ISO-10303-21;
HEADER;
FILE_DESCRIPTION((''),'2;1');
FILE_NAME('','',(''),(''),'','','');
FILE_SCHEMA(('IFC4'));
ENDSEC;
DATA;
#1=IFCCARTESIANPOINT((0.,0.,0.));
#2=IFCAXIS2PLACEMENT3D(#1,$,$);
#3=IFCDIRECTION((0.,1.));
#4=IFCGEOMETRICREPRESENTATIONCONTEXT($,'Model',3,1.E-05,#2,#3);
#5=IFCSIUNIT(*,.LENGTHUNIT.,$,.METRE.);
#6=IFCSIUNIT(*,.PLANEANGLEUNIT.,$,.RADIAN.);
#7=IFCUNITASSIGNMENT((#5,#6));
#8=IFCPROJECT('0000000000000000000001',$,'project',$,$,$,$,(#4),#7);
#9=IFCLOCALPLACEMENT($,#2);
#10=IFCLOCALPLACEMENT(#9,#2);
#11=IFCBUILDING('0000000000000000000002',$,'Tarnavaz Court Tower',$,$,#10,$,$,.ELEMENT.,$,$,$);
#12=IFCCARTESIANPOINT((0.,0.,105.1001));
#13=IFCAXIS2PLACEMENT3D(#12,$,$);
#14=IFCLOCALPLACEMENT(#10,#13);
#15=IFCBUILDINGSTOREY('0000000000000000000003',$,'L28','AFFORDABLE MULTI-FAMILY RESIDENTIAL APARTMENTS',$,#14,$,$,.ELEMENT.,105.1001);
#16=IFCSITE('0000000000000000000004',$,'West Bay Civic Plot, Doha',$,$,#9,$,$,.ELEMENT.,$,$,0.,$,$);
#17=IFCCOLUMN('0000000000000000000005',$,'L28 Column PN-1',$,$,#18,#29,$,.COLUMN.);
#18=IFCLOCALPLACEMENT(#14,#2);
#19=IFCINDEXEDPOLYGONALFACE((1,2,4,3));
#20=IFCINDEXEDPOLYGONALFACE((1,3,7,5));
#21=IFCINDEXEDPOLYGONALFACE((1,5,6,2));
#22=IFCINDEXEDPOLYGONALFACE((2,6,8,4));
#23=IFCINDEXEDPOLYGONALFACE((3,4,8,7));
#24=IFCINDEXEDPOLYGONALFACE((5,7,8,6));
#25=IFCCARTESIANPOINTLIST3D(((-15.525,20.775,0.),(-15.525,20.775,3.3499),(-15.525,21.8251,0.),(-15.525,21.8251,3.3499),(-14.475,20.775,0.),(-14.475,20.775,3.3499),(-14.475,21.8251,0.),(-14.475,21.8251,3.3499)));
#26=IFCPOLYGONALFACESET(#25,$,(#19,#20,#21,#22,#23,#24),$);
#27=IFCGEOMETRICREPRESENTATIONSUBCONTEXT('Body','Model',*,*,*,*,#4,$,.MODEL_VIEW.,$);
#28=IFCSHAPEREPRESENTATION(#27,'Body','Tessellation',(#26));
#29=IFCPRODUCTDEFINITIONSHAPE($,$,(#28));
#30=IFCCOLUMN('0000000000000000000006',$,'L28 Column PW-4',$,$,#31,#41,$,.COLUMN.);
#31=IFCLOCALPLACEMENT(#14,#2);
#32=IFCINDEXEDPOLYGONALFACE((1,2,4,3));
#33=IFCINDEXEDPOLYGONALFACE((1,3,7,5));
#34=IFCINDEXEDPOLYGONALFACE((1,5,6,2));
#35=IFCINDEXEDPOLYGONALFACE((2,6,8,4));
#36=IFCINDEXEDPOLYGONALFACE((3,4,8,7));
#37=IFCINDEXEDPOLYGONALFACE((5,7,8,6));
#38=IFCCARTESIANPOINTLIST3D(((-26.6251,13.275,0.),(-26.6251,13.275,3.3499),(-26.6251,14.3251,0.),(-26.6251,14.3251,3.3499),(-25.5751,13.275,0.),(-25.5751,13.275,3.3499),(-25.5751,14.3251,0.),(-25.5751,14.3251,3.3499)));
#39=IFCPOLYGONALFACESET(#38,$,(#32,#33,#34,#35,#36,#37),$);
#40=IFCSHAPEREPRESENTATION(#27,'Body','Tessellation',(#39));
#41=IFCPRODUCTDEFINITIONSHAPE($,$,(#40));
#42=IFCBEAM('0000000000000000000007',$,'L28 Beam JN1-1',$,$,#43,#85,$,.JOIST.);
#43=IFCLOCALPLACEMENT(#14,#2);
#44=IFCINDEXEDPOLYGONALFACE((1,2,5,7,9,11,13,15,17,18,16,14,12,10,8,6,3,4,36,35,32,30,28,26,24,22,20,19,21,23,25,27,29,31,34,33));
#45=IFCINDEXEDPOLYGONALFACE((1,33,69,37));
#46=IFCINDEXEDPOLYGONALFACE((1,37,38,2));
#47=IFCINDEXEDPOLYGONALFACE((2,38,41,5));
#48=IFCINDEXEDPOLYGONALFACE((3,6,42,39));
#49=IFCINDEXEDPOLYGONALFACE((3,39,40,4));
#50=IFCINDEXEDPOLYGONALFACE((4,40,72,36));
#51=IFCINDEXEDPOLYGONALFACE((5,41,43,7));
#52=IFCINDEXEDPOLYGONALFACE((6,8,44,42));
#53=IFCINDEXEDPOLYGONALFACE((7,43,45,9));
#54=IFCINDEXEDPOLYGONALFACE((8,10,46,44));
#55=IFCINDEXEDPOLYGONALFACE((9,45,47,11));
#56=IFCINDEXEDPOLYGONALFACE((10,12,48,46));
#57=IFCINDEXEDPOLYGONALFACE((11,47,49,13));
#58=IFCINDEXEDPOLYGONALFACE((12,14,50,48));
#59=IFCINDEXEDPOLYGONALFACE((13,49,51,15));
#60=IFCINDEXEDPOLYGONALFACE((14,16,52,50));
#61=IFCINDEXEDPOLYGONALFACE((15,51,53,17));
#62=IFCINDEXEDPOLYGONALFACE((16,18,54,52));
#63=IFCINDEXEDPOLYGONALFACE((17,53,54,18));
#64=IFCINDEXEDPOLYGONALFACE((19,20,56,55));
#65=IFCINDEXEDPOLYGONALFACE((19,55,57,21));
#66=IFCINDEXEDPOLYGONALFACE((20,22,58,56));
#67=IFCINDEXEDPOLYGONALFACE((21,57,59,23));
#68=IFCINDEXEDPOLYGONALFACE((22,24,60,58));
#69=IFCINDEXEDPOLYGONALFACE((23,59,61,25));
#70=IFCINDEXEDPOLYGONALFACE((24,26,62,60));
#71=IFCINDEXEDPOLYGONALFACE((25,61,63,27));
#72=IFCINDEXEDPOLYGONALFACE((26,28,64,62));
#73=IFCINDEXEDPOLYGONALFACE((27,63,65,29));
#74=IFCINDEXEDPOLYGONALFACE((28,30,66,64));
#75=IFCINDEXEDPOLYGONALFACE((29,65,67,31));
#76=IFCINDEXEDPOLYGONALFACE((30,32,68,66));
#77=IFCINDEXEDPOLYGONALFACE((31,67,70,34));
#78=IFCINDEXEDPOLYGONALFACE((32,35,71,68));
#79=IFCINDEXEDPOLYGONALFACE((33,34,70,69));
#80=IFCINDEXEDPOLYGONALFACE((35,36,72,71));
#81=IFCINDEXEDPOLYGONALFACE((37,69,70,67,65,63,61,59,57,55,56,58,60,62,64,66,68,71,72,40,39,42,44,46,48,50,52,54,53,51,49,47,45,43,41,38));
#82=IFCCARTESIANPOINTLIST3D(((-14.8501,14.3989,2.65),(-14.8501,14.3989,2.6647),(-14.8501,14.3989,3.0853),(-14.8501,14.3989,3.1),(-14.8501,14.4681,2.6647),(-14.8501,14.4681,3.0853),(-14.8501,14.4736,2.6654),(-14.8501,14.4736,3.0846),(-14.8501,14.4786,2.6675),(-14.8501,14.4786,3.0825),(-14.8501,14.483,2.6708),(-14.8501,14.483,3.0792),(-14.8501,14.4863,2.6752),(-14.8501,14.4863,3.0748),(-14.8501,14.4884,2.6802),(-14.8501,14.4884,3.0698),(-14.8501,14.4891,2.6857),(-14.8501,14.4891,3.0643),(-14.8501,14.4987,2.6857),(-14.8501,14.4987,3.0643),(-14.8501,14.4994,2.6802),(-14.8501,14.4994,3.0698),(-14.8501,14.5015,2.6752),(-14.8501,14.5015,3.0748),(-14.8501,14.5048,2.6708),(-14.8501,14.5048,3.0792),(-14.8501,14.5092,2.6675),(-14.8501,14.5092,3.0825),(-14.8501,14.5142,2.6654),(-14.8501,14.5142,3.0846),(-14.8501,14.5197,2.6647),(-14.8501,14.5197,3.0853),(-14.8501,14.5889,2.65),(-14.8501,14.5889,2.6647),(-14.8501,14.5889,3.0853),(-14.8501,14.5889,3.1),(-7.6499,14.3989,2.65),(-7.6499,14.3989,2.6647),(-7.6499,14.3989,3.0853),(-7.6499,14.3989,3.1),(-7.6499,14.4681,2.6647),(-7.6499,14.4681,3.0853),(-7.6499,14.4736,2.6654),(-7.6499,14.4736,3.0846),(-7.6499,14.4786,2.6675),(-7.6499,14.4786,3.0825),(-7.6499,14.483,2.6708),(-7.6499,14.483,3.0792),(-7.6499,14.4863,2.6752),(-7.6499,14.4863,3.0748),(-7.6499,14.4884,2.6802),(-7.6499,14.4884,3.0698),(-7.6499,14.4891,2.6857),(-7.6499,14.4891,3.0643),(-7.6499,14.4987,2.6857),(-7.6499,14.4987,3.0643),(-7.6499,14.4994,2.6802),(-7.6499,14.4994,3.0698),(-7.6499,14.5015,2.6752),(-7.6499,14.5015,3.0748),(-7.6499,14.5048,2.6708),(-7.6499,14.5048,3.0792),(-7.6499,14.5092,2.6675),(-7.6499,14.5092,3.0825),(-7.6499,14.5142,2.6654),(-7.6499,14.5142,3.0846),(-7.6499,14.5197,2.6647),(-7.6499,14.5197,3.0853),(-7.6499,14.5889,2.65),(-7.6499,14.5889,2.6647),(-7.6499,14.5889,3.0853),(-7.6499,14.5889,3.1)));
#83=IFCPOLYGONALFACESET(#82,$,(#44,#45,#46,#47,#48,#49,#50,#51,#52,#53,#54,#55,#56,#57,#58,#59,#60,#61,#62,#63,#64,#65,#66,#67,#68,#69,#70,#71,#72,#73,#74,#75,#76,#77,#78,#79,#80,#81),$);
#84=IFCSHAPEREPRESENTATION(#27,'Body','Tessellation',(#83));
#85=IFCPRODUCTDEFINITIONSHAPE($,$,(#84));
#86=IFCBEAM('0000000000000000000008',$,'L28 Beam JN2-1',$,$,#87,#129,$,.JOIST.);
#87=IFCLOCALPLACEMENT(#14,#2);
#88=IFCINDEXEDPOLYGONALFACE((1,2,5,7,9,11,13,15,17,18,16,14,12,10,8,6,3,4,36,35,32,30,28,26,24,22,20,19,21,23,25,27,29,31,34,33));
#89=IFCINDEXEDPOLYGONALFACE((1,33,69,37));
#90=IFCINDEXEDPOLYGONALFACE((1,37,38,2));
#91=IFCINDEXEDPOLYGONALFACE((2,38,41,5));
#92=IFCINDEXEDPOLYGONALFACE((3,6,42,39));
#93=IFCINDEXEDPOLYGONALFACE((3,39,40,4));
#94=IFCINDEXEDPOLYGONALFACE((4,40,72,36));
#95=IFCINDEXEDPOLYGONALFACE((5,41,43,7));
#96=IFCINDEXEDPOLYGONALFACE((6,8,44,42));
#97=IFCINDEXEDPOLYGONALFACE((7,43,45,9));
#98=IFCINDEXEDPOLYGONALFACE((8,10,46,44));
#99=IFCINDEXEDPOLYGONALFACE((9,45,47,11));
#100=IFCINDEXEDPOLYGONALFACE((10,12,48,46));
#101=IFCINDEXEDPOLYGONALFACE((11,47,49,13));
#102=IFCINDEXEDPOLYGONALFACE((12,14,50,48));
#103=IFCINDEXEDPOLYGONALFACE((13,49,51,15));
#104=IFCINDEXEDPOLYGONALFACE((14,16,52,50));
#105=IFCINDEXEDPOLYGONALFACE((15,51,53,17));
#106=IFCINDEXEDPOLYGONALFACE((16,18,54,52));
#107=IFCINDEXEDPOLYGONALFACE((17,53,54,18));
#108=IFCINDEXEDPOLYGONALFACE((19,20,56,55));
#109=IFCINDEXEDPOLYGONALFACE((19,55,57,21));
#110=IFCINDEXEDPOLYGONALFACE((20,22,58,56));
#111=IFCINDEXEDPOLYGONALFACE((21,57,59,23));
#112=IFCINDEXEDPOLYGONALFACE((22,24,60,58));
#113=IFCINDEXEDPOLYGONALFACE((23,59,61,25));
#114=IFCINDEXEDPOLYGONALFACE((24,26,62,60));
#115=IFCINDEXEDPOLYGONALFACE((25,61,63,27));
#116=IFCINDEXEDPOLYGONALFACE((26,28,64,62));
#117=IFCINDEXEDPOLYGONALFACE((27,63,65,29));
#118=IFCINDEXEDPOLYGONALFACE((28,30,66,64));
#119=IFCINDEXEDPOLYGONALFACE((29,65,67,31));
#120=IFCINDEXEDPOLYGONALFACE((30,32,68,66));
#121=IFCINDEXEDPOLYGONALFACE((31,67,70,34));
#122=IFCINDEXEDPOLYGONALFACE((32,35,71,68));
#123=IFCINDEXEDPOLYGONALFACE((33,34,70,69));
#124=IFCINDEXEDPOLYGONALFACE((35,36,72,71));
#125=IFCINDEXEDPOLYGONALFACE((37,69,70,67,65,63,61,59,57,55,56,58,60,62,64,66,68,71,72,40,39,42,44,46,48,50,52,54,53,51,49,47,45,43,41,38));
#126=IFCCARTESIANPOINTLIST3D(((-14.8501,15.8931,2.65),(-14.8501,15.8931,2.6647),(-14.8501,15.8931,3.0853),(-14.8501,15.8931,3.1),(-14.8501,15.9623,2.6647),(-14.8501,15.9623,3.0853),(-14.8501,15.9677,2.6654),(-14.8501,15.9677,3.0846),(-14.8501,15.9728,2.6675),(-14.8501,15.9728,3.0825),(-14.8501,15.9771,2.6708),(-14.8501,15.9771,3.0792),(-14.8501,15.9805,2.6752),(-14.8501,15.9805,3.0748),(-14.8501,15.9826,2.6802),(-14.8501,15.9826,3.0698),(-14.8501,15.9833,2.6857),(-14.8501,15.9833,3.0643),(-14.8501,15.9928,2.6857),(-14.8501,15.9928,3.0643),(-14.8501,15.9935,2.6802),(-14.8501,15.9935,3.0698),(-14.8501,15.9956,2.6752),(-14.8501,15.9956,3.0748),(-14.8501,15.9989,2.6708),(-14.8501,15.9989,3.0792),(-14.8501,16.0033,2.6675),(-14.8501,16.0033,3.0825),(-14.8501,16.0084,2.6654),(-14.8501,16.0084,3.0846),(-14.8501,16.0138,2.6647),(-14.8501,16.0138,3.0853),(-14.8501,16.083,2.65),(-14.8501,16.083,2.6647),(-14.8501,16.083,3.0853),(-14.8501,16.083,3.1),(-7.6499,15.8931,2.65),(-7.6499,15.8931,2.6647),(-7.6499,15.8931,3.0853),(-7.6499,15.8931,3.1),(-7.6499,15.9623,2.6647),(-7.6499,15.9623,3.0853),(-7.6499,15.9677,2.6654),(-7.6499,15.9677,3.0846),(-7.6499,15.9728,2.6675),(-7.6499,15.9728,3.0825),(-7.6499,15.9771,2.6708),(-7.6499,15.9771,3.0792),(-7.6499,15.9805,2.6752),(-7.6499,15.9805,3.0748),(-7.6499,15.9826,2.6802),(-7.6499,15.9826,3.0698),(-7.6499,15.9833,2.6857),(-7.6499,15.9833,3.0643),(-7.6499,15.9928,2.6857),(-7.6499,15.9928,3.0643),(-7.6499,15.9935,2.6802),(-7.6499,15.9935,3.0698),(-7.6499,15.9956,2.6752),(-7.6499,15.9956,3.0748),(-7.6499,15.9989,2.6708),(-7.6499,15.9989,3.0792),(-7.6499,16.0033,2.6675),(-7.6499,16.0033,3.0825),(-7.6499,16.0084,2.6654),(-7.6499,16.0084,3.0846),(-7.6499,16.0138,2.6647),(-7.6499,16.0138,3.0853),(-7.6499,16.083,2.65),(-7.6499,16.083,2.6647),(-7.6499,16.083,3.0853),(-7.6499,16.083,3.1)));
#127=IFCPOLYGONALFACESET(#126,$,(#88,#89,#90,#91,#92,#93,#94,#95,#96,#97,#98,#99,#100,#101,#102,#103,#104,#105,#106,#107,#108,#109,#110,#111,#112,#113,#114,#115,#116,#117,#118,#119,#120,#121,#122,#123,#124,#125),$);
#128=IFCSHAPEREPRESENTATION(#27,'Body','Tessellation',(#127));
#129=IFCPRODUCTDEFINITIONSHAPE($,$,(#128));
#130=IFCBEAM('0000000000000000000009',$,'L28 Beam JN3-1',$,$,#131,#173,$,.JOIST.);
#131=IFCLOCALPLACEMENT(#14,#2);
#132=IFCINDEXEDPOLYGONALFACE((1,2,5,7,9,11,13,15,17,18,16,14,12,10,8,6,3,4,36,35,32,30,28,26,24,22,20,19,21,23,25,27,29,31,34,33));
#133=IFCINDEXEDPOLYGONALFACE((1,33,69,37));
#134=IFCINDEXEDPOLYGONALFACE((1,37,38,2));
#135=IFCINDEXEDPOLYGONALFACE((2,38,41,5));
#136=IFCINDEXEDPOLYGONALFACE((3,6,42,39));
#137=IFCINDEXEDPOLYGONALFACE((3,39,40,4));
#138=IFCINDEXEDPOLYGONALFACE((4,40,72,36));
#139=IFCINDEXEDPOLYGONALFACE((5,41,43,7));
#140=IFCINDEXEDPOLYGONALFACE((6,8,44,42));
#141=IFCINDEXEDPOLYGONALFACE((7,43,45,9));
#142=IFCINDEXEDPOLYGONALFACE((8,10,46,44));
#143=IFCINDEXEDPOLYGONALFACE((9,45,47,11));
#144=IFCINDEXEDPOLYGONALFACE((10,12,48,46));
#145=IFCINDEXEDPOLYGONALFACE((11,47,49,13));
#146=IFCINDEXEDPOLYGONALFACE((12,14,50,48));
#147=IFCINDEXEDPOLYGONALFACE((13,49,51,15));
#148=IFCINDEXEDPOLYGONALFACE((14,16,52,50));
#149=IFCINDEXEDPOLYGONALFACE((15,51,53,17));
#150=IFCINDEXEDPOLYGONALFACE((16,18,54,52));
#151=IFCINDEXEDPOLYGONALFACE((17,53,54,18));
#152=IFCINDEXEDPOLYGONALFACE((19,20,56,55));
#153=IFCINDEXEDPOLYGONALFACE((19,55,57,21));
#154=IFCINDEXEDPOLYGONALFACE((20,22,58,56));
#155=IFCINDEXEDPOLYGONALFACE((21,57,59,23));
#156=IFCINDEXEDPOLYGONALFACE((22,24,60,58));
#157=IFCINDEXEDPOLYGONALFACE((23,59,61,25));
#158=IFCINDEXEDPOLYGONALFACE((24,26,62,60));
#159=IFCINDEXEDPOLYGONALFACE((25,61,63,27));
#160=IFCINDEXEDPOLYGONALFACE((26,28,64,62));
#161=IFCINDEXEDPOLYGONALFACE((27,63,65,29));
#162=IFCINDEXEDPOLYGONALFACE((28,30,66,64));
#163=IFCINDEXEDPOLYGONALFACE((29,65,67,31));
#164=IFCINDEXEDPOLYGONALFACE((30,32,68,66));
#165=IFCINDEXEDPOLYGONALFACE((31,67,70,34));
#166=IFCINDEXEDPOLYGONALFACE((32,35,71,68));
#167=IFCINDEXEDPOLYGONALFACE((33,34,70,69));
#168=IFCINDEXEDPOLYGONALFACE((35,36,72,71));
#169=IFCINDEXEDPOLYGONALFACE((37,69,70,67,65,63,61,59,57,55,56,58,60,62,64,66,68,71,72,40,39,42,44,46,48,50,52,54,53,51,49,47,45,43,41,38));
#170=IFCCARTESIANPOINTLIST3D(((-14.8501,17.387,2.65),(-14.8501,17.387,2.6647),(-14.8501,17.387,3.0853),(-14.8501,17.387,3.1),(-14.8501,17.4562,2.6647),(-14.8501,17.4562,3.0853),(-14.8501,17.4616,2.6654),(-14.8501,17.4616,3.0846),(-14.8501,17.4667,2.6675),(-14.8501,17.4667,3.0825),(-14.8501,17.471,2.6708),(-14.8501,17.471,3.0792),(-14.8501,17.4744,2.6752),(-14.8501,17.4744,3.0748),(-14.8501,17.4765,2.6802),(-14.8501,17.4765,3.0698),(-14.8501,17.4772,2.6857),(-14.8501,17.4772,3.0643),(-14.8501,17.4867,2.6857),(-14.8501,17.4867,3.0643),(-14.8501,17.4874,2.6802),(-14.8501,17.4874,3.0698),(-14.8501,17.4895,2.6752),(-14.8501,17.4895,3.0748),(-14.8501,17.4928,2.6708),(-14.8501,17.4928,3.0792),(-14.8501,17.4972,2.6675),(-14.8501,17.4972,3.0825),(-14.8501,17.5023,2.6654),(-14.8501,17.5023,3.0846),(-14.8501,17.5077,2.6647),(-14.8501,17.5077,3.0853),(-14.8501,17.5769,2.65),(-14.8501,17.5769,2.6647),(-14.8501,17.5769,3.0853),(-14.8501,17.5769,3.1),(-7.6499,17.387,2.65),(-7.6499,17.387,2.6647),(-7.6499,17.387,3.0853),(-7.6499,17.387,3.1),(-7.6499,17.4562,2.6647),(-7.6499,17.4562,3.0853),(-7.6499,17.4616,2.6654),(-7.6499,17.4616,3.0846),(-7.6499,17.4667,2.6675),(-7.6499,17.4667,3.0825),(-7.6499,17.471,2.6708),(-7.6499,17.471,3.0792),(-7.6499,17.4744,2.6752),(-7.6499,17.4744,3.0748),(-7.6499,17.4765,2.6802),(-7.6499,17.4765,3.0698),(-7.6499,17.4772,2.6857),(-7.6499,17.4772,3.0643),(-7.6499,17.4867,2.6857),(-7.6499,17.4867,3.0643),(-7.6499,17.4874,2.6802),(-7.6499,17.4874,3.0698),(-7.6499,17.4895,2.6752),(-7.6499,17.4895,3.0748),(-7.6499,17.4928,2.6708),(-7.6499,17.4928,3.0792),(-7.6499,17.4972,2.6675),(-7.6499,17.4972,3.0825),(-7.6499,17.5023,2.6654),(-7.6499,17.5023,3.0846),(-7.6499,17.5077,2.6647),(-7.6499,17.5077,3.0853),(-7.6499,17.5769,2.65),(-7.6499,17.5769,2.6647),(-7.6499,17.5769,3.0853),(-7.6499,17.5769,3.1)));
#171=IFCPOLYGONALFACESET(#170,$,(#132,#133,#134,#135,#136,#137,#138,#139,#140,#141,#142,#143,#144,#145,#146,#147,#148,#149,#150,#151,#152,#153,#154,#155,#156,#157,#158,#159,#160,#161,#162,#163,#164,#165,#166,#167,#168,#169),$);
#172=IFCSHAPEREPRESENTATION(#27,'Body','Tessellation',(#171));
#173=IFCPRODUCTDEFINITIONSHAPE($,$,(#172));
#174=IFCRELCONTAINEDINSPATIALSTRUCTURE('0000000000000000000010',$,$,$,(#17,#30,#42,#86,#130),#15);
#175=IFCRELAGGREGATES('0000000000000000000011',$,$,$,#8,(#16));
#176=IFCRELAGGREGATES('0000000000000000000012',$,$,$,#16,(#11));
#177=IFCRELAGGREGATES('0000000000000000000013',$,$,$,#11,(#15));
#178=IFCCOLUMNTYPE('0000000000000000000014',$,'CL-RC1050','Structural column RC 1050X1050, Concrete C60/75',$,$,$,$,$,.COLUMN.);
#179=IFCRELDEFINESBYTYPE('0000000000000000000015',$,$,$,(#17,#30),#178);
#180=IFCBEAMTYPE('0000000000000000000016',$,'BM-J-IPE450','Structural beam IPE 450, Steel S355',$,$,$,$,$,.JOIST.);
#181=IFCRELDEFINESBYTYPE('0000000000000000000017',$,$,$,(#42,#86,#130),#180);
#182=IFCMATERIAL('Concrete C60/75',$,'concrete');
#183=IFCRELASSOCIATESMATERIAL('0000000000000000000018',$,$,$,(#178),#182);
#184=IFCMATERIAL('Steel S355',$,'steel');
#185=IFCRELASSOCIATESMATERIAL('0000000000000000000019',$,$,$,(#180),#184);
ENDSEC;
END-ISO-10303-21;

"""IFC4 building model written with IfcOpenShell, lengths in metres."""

from ifc_helpers import new_model, si_unit, direction, frame, origin, origin_2d, place, context, subcontext, project, spatial, rectangle, i_section, extrude, material, material_profile, profile_set, type_object, element, save


model = new_model("IFC4")

# Units and contexts
model_context = context("Model", 3, precision=1e-05, world=origin(), true_north=direction((0.0, 1.0)))
body_context = subcontext(model_context, "Body", "Model", "MODEL_VIEW")
ifc_project = project(units=[si_unit("LENGTHUNIT", "METRE"), si_unit("PLANEANGLEUNIT", "RADIAN")], contexts=[model_context])

# Site, building, storey
site_placement = place(None, origin())
site = spatial("IfcSite", under=ifc_project, at=site_placement, Name="West Bay Civic Plot, Doha", CompositionType="ELEMENT", RefElevation=0.0)
building_placement = place(site_placement, origin())
building = spatial("IfcBuilding", under=site, at=building_placement, Name="Tarnavaz Court Tower", CompositionType="ELEMENT")
storey_placement = place(building_placement, frame((0.0, 0.0, 105.1001)))
storey = spatial("IfcBuildingStorey", under=building, at=storey_placement, Name="L28", Description="AFFORDABLE MULTI-FAMILY RESIDENTIAL APARTMENTS", CompositionType="ELEMENT", Elevation=105.1001)

# Columns
ifc_material_1 = material(Name="Concrete C60/75", Category="concrete")
ifc_material_profile_1 = material_profile(ifc_material_1, rectangle(XDim=1.05, YDim=1.05, at=origin_2d()), Name="RC 1050X1050")
ifc_profile_set_1 = profile_set([ifc_material_profile_1], Name="Concrete C60/75")
column_type = type_object("IfcColumnType", Name="CL-RC1050", Description="Structural column RC 1050X1050, Concrete C60/75", PredefinedType="COLUMN", material=ifc_profile_set_1)
for number, where, z_axis, x_axis, name in (
    (1, (-15.0, 21.3, 0.0), (0.0, 0.0, 1.0), (1.0, 0.0, 0.0), "L28 Column PN-1"),
    (2, (-26.1001, 13.8, 0.0), (0.0, 0.0, 1.0), (1.0, 0.0, 0.0), "L28 Column PW-4"),
):
    element("IfcColumn", number, at=place(storey_placement, frame(where, z_axis=z_axis, x_axis=x_axis)), inside=storey, type_object=column_type, Name=name, PredefinedType="COLUMN", context=body_context, shape_type="SweptSolid", body=[
        extrude(rectangle(XDim=1.05, YDim=1.05, at=origin_2d()), origin(), (0.0, 0.0, 1.0), 3.3499),
    ])

# Beams
ifc_material_2 = material(Name="Steel S355", Category="steel")
ifc_material_profile_2 = material_profile(ifc_material_2, i_section(OverallWidth=0.1899, OverallDepth=0.45, WebThickness=0.0095, FlangeThickness=0.0146, FilletRadius=0.021, at=origin_2d()), Name="IPE 450")
ifc_profile_set_2 = profile_set([ifc_material_profile_2], Name="Steel S355")
beam_type_1 = type_object("IfcBeamType", Name="BM-J-IPE450", Description="Structural beam IPE 450, Steel S355", PredefinedType="JOIST", material=ifc_profile_set_2)
for number, where, z_axis, x_axis, name in (
    (3, (-14.8501, 14.4939, 2.875), (1.0, 0.0, 0.0), (0.0, 1.0, 0.0), "L28 Beam JN1-1"),
    (4, (-14.8501, 15.988, 2.875), (1.0, 0.0, 0.0), (0.0, 1.0, 0.0), "L28 Beam JN2-1"),
    (5, (-14.8501, 17.4819, 2.875), (1.0, 0.0, 0.0), (0.0, 1.0, 0.0), "L28 Beam JN3-1"),
):
    element("IfcBeam", number, at=place(storey_placement, frame(where, z_axis=z_axis, x_axis=x_axis)), inside=storey, type_object=beam_type_1, Name=name, PredefinedType="JOIST", context=body_context, shape_type="SweptSolid", body=[
        extrude(i_section(OverallWidth=0.1899, OverallDepth=0.45, WebThickness=0.0095, FlangeThickness=0.0146, FilletRadius=0.021, at=origin_2d()), origin(), (0.0, 0.0, 1.0), 7.2002),
    ])

save(model, "model.ifc")
